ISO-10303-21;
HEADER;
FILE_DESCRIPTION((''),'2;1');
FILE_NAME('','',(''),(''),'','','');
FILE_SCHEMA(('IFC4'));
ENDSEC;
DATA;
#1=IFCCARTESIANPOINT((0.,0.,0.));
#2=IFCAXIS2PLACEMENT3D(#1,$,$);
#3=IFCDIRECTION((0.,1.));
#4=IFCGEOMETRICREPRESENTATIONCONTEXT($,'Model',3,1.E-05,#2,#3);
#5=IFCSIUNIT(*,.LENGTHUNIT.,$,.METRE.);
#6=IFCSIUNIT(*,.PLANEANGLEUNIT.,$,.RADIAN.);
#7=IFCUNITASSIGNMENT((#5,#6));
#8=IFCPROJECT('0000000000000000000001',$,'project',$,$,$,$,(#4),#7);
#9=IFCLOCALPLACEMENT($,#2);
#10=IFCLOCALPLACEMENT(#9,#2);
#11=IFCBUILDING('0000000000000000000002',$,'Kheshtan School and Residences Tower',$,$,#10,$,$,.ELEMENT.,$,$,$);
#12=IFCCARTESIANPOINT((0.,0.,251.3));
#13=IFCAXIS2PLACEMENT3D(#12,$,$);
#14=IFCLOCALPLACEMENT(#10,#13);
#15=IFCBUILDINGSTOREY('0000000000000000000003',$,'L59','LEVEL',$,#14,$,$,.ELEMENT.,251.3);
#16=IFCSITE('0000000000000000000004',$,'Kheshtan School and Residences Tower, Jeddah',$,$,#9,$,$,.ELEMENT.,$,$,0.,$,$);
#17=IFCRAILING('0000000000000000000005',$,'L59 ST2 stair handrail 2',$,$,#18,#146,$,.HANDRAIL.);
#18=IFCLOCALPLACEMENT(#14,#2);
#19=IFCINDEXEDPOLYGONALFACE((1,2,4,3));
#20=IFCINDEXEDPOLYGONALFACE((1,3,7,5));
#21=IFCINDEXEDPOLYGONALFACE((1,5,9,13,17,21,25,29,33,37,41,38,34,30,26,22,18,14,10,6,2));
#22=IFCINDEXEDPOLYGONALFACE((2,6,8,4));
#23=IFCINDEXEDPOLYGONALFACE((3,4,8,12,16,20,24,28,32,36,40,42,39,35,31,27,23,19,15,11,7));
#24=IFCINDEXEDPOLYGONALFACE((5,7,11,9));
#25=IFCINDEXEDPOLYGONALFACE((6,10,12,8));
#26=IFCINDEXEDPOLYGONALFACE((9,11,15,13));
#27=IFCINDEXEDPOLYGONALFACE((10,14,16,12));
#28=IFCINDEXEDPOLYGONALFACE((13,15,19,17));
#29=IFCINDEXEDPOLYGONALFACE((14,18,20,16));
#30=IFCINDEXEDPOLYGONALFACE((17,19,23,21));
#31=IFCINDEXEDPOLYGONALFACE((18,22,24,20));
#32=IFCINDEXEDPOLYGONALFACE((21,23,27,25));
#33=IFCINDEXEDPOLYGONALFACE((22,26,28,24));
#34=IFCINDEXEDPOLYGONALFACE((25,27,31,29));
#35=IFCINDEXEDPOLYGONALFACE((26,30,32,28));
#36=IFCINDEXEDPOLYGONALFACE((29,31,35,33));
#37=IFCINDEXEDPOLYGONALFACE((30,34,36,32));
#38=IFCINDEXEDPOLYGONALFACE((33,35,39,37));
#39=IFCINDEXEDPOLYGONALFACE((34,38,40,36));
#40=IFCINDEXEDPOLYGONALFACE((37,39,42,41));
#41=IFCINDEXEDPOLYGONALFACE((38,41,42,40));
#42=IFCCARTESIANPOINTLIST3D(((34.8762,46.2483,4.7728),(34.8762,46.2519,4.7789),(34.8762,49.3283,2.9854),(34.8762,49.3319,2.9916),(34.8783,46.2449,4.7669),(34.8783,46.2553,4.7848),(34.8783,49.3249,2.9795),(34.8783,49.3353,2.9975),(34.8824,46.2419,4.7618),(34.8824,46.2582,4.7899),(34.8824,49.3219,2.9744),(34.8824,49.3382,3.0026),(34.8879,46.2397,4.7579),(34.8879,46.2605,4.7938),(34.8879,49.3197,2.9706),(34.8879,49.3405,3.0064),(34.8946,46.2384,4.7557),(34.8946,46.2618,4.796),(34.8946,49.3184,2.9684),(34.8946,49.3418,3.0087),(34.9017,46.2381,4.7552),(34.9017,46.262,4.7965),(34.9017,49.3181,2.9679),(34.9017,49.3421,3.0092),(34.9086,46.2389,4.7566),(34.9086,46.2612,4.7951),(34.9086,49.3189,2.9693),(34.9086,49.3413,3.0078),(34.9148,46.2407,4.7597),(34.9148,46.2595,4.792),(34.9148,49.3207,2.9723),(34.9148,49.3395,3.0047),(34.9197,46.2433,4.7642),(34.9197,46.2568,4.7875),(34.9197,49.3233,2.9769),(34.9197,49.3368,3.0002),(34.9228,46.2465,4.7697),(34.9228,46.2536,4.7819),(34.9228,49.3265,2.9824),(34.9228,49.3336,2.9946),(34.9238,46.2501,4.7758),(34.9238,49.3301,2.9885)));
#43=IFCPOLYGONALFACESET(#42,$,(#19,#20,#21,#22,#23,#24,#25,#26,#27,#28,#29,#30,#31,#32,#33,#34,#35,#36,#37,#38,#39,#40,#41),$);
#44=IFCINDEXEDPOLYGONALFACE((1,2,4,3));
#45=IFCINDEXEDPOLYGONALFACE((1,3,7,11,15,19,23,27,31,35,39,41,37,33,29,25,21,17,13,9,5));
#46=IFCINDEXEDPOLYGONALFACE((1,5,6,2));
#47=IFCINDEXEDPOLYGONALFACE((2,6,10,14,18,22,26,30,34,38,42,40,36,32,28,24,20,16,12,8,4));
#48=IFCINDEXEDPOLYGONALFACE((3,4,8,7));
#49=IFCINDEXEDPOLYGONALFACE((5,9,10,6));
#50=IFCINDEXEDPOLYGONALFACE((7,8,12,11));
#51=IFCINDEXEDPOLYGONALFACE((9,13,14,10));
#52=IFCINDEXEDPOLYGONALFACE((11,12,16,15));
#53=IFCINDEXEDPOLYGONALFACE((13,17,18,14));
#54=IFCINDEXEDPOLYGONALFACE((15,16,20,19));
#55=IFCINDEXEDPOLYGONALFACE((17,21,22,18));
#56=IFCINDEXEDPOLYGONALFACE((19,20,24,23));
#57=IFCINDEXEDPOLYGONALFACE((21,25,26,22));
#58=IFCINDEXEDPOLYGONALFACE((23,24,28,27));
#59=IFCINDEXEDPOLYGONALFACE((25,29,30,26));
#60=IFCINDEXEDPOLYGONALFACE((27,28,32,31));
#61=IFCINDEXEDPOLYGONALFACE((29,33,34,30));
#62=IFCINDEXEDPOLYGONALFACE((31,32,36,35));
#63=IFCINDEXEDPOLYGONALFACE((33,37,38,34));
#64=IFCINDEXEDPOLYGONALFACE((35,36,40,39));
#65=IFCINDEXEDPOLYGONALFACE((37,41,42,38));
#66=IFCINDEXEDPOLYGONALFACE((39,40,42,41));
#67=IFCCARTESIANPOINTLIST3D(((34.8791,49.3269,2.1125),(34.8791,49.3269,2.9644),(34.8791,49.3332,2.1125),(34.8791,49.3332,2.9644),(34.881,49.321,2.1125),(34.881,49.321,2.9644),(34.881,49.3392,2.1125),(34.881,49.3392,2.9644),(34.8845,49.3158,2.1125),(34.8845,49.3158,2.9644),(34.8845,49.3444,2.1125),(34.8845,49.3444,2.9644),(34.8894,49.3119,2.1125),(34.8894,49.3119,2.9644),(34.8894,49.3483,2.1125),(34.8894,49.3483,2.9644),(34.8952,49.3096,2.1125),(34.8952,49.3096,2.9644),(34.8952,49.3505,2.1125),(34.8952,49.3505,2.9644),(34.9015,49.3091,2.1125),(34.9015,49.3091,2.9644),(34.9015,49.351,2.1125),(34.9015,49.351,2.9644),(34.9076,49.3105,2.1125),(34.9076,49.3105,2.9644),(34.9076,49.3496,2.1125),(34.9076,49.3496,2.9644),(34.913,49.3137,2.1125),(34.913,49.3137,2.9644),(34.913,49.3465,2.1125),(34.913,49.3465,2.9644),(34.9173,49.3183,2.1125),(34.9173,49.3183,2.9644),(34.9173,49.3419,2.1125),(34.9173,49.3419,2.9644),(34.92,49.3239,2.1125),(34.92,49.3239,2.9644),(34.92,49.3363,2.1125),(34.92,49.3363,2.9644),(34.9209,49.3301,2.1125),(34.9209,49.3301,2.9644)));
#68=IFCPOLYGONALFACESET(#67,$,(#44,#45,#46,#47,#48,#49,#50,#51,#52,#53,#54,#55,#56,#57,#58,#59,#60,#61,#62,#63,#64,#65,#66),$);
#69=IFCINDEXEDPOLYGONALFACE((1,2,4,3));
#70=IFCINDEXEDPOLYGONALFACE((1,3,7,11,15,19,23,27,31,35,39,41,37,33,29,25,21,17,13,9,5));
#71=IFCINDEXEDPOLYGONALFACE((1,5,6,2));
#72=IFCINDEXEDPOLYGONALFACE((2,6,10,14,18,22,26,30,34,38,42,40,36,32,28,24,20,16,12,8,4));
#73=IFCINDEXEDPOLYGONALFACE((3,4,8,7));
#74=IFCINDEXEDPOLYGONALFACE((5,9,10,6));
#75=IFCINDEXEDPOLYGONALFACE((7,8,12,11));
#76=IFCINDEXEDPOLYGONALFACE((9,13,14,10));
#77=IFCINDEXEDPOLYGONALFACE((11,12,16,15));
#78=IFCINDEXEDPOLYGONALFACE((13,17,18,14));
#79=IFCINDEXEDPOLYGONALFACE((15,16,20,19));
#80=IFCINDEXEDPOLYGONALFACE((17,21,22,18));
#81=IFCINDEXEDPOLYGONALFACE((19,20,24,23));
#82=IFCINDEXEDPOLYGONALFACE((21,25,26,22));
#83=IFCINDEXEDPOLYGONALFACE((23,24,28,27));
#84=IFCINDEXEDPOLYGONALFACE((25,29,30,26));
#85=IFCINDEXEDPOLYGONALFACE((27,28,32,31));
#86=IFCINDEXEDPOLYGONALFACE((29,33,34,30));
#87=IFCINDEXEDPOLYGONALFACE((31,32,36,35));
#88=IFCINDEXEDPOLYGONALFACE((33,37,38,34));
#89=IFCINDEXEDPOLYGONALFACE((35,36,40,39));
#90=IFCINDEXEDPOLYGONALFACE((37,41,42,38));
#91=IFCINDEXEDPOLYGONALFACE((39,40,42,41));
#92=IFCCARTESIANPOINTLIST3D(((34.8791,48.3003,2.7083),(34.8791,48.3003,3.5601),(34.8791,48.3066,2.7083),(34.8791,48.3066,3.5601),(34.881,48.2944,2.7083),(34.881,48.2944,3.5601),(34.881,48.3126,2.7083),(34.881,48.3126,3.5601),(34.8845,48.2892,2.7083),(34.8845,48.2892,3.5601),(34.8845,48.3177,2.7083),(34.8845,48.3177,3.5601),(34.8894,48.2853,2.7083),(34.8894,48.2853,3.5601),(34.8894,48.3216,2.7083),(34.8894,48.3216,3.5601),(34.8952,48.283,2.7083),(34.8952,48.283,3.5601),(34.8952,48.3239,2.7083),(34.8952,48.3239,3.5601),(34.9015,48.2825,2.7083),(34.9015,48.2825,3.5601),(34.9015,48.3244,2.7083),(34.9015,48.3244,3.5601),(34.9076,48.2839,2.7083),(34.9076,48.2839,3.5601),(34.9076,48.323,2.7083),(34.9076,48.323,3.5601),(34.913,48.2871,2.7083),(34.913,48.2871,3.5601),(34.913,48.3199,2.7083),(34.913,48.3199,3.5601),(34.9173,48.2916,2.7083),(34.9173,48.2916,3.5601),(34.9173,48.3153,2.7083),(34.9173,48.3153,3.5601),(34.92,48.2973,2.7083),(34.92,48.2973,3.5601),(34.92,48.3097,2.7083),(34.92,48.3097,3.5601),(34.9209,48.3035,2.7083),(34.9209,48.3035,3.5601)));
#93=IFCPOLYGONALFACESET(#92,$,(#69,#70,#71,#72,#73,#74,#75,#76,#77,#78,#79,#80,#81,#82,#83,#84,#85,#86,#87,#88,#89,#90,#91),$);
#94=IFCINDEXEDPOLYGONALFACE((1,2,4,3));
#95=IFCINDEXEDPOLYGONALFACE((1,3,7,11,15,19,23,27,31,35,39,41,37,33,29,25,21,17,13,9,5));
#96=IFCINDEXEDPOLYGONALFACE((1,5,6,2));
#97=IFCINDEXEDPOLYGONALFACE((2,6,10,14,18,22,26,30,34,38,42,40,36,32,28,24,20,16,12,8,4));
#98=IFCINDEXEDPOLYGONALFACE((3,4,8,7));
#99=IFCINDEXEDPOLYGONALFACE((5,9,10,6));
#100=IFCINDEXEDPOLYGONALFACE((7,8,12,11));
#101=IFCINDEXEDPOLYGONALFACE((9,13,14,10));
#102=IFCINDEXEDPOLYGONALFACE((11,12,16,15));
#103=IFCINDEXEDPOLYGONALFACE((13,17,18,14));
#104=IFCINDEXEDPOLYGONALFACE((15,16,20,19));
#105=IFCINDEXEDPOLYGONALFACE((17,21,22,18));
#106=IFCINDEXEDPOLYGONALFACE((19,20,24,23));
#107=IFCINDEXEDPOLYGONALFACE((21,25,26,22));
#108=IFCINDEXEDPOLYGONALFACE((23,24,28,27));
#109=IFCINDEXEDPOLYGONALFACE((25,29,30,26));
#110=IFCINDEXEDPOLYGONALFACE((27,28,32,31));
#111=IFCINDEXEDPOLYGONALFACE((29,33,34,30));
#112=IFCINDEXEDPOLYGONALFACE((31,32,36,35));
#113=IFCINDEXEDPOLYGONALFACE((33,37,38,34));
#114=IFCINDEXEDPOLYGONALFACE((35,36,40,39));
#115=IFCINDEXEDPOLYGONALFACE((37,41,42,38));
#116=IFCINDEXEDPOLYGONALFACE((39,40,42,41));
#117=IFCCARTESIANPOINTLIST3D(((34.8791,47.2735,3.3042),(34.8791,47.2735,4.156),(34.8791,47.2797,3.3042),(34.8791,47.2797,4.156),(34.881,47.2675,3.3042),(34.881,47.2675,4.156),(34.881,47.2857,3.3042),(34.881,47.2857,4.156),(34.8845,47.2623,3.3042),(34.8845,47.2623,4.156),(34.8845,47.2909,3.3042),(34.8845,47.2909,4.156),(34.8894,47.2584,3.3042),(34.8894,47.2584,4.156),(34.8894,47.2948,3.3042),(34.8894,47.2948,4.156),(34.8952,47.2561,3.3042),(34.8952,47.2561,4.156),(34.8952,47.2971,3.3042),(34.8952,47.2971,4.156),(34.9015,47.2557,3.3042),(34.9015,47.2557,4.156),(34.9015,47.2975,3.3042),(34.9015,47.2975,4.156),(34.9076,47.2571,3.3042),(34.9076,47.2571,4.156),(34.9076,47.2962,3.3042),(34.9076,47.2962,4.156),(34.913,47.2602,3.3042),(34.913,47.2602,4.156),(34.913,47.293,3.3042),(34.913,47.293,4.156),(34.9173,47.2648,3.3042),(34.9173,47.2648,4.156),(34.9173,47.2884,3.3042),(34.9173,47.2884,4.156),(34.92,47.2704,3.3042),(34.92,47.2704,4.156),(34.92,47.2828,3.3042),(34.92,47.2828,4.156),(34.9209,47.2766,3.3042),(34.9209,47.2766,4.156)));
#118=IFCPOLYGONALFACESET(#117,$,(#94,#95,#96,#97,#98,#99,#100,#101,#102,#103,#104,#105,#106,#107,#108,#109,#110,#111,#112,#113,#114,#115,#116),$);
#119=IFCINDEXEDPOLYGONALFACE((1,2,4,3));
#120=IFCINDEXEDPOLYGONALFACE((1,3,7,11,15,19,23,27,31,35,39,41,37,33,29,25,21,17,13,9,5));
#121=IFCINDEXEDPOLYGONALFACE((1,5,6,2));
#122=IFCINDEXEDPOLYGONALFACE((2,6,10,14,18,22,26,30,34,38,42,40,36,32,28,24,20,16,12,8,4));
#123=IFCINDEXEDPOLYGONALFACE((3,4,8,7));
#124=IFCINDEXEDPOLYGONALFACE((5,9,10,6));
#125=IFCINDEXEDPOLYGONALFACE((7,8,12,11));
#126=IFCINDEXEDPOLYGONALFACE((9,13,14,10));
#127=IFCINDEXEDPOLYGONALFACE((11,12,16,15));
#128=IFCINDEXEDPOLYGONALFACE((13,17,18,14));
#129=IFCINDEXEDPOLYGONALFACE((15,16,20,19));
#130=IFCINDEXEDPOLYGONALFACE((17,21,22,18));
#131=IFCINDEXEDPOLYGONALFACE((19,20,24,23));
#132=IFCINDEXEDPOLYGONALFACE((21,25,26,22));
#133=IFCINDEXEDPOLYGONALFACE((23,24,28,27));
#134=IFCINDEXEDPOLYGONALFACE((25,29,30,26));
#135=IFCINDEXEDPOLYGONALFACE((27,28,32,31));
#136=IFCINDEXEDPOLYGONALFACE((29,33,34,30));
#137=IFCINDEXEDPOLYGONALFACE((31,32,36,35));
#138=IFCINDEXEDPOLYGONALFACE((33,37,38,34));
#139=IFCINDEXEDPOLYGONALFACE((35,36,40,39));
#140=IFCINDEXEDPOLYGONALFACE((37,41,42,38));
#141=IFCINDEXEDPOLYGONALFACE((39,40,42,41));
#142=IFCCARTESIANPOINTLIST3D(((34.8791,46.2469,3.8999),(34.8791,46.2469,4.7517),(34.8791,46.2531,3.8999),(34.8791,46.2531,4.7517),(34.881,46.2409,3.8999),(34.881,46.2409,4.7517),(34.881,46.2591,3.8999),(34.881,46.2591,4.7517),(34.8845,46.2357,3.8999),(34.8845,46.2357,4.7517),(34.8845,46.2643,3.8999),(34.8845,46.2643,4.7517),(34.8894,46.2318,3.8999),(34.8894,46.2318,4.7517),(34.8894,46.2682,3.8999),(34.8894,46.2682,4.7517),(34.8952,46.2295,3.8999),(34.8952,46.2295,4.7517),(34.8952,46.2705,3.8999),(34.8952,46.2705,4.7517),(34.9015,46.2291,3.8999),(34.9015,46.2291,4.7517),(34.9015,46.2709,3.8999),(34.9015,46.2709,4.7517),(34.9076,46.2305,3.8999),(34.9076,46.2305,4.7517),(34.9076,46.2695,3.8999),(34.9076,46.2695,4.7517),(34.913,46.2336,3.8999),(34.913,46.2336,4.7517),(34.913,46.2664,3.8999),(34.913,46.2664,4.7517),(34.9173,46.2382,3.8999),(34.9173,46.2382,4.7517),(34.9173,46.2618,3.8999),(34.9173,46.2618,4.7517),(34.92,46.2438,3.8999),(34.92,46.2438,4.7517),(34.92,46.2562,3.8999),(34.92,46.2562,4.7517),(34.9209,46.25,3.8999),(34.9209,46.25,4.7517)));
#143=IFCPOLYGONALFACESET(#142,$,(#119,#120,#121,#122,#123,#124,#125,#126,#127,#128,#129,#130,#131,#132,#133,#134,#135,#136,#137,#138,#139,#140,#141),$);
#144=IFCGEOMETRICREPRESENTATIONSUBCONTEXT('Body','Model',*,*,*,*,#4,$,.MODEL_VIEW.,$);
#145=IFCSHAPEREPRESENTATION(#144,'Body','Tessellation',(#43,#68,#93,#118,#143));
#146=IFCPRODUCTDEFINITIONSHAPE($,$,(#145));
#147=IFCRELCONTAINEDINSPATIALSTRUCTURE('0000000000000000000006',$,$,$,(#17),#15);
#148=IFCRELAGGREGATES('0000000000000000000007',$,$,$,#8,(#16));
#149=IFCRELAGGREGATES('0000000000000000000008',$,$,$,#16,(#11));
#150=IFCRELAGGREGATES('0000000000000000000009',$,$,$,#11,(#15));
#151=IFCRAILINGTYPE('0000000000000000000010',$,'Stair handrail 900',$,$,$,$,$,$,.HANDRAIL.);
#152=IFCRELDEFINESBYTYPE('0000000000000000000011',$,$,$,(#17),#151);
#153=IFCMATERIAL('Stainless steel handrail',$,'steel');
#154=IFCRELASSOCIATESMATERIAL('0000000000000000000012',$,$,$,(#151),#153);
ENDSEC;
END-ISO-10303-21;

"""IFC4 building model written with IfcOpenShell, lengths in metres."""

from ifc_helpers import new_model, si_unit, direction, frame, origin, origin_2d, place, context, subcontext, project, spatial, circle, extrude, material, type_object, element, save


model = new_model("IFC4")

# Units and contexts
model_context = context("Model", 3, precision=1e-05, world=origin(), true_north=direction((0.0, 1.0)))
body_context = subcontext(model_context, "Body", "Model", "MODEL_VIEW")
ifc_project = project(units=[si_unit("LENGTHUNIT", "METRE"), si_unit("PLANEANGLEUNIT", "RADIAN")], contexts=[model_context])

# Site, building, storey
site_placement = place(None, origin())
site = spatial("IfcSite", under=ifc_project, at=site_placement, Name="Kheshtan School and Residences Tower, Jeddah", CompositionType="ELEMENT", RefElevation=0.0)
building_placement = place(site_placement, origin())
building = spatial("IfcBuilding", under=site, at=building_placement, Name="Kheshtan School and Residences Tower", CompositionType="ELEMENT")
storey_placement = place(building_placement, frame((0.0, 0.0, 251.3)))
storey = spatial("IfcBuildingStorey", under=building, at=storey_placement, Name="L59", Description="LEVEL", CompositionType="ELEMENT", Elevation=251.3)

# Railing
ifc_material_1 = material(Name="Stainless steel handrail", Category="steel")
railing_type_1 = type_object("IfcRailingType", Name="Stair handrail 900", PredefinedType="HANDRAIL", material=ifc_material_1)
railing_1_placement = place(storey_placement, frame((34.8999, 49.3301, 2.1125)))
element("IfcRailing", 1, at=railing_1_placement, inside=storey, type_object=railing_type_1, Name="L59 ST2 stair handrail 2", PredefinedType="HANDRAIL", context=body_context, shape_type="SweptSolid", body=[
    extrude(circle(Radius=0.0239, at=origin_2d()), frame((0.0, 0.0, 0.876), z_axis=(0.0, -0.86492, 0.501909), x_axis=(1.0, 0.0, 0.0)), (0.0, 0.0, 1.0), 3.561),
    extrude(circle(Radius=0.021, at=origin_2d()), origin(), (0.0, 0.0, 1.0), 0.8518),
    extrude(circle(Radius=0.021, at=origin_2d()), frame((0.0, -1.0266, 0.5957)), (0.0, 0.0, 1.0), 0.8518),
    extrude(circle(Radius=0.021, at=origin_2d()), frame((0.0, -2.0535, 1.1917)), (0.0, 0.0, 1.0), 0.8518),
    extrude(circle(Radius=0.021, at=origin_2d()), frame((0.0, -3.0801, 1.7874)), (0.0, 0.0, 1.0), 0.8518),
])

save(model, "model.ifc")
